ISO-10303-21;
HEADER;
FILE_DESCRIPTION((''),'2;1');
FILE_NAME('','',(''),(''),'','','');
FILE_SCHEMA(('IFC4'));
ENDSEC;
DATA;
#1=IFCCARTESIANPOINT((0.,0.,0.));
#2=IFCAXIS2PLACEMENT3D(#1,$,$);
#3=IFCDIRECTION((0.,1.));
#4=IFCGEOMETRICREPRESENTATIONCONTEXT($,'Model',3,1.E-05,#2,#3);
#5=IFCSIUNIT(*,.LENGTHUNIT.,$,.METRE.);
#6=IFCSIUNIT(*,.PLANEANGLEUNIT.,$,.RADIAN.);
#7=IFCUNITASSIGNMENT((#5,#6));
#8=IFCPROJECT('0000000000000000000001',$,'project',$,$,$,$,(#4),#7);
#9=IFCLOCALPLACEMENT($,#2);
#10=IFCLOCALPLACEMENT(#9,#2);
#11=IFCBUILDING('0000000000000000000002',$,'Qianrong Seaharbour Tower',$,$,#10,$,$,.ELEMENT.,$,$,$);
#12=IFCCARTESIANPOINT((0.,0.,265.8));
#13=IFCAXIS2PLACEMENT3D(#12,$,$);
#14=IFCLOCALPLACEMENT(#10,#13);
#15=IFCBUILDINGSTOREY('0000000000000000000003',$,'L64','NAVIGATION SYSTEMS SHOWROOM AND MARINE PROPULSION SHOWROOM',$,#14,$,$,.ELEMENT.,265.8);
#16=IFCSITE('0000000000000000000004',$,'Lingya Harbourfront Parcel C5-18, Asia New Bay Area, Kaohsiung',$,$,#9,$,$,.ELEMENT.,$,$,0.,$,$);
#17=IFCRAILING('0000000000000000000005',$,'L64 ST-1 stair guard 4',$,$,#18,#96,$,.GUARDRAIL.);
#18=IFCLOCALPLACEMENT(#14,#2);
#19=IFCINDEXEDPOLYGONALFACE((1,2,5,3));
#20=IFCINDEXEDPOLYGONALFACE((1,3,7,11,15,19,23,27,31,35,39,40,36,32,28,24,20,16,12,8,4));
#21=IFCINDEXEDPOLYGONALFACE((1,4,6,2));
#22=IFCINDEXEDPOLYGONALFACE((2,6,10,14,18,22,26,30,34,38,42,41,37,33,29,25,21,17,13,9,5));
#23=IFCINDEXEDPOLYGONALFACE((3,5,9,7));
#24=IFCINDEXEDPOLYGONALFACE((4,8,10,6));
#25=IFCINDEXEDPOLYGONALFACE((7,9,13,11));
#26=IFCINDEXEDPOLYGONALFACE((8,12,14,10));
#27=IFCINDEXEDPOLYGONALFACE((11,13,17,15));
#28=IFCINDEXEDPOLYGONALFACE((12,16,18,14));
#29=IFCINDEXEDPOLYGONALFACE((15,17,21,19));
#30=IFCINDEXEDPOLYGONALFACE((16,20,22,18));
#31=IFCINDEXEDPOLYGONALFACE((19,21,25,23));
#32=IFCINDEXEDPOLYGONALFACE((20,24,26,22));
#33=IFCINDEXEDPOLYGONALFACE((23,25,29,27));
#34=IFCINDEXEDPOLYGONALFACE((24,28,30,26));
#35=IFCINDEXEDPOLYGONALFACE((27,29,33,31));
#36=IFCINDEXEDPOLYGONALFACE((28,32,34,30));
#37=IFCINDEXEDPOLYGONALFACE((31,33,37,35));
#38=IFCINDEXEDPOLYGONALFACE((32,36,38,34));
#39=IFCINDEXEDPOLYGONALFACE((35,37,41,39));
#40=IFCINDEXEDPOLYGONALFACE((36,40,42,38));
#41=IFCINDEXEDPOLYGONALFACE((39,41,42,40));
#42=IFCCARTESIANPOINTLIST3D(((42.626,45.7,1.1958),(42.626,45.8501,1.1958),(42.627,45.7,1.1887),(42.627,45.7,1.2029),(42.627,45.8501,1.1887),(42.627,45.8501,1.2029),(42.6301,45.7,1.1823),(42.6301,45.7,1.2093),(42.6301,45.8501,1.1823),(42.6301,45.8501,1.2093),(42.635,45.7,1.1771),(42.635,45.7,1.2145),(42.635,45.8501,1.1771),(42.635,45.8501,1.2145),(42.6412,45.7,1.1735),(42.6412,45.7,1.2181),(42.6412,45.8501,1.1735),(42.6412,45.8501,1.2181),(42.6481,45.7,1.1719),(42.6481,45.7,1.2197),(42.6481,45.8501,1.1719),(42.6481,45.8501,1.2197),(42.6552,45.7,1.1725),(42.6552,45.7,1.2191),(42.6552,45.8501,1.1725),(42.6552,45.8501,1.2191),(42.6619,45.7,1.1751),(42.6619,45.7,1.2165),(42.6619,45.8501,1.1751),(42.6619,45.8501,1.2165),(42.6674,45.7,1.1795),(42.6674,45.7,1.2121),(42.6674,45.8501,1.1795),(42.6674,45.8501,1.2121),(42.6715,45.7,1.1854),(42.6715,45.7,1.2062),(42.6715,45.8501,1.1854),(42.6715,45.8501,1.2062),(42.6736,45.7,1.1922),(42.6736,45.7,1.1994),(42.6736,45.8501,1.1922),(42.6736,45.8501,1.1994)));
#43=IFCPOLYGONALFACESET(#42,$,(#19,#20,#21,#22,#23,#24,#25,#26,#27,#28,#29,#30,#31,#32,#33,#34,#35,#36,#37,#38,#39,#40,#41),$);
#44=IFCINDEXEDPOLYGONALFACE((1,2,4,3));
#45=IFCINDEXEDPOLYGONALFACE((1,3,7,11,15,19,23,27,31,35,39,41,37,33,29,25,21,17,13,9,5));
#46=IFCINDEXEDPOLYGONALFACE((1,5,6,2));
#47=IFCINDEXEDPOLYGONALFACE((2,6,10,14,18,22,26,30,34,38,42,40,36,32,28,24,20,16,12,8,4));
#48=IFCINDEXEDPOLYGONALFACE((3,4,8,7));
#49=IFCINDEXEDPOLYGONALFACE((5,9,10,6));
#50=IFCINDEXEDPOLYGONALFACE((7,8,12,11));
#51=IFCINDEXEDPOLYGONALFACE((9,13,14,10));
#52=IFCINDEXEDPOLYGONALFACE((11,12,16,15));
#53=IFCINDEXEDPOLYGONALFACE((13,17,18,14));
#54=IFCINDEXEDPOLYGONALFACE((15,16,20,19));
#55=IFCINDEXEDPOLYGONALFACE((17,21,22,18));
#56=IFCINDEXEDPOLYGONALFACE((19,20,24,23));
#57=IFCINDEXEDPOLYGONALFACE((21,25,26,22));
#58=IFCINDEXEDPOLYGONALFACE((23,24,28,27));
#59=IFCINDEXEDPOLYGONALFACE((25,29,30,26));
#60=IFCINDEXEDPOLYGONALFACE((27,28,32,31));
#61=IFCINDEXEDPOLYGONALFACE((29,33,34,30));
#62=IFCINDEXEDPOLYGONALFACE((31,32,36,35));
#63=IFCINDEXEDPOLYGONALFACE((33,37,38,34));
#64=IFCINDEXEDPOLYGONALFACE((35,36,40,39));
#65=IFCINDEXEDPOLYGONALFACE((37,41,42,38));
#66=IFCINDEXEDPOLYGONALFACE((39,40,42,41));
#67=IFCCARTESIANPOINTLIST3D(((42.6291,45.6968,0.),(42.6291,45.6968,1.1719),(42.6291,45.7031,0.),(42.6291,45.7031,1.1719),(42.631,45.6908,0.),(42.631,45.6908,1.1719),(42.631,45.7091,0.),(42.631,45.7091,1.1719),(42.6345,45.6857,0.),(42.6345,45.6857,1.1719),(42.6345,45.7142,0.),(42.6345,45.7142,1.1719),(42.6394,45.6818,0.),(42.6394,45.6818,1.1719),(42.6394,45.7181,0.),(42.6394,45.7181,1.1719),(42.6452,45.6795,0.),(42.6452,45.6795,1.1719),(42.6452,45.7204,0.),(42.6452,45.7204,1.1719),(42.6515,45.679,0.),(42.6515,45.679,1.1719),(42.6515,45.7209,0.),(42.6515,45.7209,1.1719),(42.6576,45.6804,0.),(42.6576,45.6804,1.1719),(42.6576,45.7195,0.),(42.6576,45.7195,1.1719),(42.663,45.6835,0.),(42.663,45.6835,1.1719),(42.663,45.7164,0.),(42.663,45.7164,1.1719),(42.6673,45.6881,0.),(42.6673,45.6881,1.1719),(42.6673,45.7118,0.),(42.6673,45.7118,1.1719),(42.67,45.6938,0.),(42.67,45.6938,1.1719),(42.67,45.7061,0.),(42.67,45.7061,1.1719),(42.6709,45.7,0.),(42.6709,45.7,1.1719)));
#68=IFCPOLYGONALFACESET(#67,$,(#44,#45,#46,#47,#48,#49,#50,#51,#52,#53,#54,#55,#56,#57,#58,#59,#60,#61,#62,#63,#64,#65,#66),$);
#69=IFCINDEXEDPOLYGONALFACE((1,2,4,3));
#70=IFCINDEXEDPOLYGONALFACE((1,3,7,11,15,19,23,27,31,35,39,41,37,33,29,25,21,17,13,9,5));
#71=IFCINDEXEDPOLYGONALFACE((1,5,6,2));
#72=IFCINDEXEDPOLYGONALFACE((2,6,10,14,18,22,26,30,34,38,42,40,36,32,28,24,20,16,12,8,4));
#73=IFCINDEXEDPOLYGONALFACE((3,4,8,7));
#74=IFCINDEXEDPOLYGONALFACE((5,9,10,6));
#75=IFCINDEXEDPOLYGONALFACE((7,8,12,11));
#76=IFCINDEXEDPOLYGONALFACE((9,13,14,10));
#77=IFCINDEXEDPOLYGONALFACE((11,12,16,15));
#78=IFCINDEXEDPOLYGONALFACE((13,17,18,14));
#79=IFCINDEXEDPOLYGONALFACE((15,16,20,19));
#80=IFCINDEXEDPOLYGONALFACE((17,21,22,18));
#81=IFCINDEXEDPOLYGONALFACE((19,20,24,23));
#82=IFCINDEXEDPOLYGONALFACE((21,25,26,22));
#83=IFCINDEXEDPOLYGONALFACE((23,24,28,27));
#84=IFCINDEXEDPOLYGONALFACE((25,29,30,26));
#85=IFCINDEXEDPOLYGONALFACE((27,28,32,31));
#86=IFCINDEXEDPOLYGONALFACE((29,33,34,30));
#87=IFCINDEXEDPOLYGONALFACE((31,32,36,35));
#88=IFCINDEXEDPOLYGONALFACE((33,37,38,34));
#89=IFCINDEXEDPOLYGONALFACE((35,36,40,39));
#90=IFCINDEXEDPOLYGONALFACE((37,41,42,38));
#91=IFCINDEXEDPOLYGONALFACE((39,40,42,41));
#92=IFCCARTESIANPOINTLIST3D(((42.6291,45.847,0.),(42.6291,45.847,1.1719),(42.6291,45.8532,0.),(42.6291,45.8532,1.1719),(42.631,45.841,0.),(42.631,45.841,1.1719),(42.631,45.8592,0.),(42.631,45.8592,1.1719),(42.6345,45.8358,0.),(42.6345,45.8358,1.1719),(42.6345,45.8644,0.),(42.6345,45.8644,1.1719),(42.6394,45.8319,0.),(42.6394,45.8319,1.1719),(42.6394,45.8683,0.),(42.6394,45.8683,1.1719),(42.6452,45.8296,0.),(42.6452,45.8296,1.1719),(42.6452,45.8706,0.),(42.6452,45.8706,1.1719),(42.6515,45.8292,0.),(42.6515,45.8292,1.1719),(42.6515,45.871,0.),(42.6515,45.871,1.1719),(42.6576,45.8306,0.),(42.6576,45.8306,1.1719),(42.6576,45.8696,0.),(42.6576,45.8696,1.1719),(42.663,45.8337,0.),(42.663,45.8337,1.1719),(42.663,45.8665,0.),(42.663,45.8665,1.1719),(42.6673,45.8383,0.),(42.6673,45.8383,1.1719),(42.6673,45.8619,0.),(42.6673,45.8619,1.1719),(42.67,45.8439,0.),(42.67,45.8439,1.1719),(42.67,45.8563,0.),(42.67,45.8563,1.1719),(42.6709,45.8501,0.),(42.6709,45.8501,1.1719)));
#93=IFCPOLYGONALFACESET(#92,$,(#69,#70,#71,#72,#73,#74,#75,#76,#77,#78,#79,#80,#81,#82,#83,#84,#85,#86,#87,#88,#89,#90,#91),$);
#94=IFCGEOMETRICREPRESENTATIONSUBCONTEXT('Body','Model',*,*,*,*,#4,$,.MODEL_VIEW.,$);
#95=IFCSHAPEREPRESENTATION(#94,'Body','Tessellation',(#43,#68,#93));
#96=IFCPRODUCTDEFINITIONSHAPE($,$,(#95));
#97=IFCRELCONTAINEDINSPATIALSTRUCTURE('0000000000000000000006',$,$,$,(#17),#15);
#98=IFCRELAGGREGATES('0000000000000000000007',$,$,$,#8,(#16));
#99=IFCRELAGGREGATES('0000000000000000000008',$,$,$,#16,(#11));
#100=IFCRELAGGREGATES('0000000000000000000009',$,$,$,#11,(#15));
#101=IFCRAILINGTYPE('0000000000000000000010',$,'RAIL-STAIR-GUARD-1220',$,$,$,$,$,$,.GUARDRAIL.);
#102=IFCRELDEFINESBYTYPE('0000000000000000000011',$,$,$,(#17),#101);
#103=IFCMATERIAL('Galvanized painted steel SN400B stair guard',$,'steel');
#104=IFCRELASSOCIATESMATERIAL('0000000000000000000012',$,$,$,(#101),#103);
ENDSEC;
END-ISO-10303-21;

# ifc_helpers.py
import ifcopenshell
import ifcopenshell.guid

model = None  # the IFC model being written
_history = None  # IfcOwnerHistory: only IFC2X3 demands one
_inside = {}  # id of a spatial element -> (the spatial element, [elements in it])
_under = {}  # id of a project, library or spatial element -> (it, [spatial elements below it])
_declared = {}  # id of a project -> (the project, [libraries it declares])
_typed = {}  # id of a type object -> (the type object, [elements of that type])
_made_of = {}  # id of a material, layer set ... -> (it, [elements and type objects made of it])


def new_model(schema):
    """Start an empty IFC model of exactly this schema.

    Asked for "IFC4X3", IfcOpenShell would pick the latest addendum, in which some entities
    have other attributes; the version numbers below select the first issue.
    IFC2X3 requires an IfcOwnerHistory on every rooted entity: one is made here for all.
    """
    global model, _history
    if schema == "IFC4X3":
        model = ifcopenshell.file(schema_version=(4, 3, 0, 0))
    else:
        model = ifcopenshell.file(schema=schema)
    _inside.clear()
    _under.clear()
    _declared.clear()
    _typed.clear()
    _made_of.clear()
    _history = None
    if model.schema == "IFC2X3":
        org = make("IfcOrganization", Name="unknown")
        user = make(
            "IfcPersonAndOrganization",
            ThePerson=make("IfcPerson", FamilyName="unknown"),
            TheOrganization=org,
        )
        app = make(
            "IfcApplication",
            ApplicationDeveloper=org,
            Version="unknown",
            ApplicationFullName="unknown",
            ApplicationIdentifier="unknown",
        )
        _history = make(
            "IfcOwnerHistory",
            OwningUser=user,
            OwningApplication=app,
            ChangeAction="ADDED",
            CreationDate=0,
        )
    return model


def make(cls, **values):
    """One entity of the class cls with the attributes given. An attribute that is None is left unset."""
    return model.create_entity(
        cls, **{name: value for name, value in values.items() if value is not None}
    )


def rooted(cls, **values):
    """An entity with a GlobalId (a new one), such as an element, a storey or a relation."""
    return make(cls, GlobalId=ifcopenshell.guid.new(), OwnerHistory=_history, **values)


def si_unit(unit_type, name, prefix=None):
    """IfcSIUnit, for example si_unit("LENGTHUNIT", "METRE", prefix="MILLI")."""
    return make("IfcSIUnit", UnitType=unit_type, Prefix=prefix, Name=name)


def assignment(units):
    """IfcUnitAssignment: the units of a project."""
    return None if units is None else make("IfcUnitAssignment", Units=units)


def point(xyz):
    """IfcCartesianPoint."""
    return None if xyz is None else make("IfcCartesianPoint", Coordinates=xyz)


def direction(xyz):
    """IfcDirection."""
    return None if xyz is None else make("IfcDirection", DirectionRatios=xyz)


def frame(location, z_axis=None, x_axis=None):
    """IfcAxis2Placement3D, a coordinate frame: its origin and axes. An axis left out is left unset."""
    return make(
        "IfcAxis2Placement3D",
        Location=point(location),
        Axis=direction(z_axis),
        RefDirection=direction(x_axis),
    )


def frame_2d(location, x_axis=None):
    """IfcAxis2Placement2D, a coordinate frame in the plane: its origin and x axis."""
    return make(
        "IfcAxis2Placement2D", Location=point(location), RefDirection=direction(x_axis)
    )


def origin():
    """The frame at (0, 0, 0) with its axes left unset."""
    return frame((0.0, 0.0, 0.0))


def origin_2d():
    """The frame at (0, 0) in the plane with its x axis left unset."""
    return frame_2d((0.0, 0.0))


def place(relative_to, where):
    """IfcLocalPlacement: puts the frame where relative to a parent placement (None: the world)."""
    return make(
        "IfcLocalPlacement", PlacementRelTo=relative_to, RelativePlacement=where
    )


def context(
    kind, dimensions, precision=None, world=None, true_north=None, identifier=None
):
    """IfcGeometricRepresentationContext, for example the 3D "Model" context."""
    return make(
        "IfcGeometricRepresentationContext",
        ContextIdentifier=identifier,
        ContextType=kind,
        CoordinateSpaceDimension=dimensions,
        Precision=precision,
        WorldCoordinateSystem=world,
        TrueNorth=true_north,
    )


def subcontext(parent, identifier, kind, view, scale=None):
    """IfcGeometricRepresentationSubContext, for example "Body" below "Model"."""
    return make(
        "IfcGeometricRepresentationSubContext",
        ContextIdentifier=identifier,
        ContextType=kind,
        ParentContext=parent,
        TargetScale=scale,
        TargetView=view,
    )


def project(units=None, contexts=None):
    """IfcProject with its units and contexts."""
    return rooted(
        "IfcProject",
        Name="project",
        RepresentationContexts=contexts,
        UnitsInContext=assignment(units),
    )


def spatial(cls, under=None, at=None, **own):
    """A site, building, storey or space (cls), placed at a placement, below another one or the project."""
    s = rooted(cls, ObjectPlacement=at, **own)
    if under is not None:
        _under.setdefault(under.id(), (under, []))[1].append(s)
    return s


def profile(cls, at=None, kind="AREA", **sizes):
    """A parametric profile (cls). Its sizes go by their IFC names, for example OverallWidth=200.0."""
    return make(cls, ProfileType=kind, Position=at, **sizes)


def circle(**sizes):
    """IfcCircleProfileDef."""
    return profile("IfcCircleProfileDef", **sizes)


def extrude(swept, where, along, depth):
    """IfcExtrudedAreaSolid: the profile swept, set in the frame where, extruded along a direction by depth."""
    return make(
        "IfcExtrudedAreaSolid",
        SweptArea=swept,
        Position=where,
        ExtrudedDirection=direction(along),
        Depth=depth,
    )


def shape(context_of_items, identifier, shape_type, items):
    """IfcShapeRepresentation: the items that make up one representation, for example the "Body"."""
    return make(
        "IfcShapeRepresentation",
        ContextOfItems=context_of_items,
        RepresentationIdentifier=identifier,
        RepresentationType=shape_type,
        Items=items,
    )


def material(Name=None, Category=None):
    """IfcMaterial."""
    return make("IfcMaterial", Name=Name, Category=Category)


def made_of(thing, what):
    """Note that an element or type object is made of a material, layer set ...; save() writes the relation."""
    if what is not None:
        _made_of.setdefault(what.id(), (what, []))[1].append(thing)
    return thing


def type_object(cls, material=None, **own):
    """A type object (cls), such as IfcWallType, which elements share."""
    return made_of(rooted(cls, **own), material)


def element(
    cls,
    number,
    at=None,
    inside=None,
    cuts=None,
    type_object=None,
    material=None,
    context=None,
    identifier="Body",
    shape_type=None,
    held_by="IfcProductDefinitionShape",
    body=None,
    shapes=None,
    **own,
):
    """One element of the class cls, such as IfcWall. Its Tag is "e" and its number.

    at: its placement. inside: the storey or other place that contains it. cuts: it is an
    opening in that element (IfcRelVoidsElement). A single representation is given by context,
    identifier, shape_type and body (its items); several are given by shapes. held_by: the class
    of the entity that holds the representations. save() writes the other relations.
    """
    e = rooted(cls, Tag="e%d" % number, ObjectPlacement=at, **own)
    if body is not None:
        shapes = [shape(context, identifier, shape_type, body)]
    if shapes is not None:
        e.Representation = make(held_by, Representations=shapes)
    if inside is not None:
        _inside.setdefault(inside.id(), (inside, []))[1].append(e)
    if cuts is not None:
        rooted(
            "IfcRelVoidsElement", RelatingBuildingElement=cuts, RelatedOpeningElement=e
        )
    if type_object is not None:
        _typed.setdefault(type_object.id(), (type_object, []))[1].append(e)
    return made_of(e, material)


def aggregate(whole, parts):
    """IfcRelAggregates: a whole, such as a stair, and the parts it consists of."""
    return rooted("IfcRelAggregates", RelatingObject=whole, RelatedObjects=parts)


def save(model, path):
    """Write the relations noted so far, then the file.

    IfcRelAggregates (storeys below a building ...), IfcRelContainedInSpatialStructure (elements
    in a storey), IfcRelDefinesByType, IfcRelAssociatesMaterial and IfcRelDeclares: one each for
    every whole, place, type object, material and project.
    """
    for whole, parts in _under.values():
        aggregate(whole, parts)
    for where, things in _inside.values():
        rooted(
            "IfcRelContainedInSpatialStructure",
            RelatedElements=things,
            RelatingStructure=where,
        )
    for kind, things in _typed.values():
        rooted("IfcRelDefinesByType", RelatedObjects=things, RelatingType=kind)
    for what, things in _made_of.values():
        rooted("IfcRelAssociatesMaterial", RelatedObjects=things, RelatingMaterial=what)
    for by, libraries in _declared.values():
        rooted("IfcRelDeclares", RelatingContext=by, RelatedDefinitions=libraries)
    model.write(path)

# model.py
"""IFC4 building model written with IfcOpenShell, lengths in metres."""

from ifc_helpers import new_model, si_unit, direction, frame, origin, origin_2d, place, context, subcontext, project, spatial, circle, extrude, material, type_object, element, save


model = new_model("IFC4")

# Units and contexts
model_context = context("Model", 3, precision=1e-05, world=origin(), true_north=direction((0.0, 1.0)))
body_context = subcontext(model_context, "Body", "Model", "MODEL_VIEW")
ifc_project = project(units=[si_unit("LENGTHUNIT", "METRE"), si_unit("PLANEANGLEUNIT", "RADIAN")], contexts=[model_context])

# Site, building, storey
site_placement = place(None, origin())
site = spatial("IfcSite", under=ifc_project, at=site_placement, Name="Lingya Harbourfront Parcel C5-18, Asia New Bay Area, Kaohsiung", CompositionType="ELEMENT", RefElevation=0.0)
building_placement = place(site_placement, origin())
building = spatial("IfcBuilding", under=site, at=building_placement, Name="Qianrong Seaharbour Tower", CompositionType="ELEMENT")
storey_placement = place(building_placement, frame((0.0, 0.0, 265.8)))
storey = spatial("IfcBuildingStorey", under=building, at=storey_placement, Name="L64", Description="NAVIGATION SYSTEMS SHOWROOM AND MARINE PROPULSION SHOWROOM", CompositionType="ELEMENT", Elevation=265.8)

# Railing
ifc_material_1 = material(Name="Galvanized painted steel SN400B stair guard", Category="steel")
railing_type = type_object("IfcRailingType", Name="RAIL-STAIR-GUARD-1220", PredefinedType="GUARDRAIL", material=ifc_material_1)
railing_placement = place(storey_placement, frame((42.6499, 45.7, 0.0)))
element("IfcRailing", 1, at=railing_placement, inside=storey, type_object=railing_type, Name="L64 ST-1 stair guard 4", PredefinedType="GUARDRAIL", context=body_context, shape_type="SweptSolid", body=[
    extrude(circle(Radius=0.0239, at=origin_2d()), frame((0.0, 0.0, 1.1958), z_axis=(0.0, 1.0, 0.0), x_axis=(-1.0, 0.0, 0.0)), (0.0, 0.0, 1.0), 0.1501),
    extrude(circle(Radius=0.021, at=origin_2d()), origin(), (0.0, 0.0, 1.0), 1.1719),
    extrude(circle(Radius=0.021, at=origin_2d()), frame((0.0, 0.1501, 0.0)), (0.0, 0.0, 1.0), 1.1719),
])

save(model, "model.ifc")
